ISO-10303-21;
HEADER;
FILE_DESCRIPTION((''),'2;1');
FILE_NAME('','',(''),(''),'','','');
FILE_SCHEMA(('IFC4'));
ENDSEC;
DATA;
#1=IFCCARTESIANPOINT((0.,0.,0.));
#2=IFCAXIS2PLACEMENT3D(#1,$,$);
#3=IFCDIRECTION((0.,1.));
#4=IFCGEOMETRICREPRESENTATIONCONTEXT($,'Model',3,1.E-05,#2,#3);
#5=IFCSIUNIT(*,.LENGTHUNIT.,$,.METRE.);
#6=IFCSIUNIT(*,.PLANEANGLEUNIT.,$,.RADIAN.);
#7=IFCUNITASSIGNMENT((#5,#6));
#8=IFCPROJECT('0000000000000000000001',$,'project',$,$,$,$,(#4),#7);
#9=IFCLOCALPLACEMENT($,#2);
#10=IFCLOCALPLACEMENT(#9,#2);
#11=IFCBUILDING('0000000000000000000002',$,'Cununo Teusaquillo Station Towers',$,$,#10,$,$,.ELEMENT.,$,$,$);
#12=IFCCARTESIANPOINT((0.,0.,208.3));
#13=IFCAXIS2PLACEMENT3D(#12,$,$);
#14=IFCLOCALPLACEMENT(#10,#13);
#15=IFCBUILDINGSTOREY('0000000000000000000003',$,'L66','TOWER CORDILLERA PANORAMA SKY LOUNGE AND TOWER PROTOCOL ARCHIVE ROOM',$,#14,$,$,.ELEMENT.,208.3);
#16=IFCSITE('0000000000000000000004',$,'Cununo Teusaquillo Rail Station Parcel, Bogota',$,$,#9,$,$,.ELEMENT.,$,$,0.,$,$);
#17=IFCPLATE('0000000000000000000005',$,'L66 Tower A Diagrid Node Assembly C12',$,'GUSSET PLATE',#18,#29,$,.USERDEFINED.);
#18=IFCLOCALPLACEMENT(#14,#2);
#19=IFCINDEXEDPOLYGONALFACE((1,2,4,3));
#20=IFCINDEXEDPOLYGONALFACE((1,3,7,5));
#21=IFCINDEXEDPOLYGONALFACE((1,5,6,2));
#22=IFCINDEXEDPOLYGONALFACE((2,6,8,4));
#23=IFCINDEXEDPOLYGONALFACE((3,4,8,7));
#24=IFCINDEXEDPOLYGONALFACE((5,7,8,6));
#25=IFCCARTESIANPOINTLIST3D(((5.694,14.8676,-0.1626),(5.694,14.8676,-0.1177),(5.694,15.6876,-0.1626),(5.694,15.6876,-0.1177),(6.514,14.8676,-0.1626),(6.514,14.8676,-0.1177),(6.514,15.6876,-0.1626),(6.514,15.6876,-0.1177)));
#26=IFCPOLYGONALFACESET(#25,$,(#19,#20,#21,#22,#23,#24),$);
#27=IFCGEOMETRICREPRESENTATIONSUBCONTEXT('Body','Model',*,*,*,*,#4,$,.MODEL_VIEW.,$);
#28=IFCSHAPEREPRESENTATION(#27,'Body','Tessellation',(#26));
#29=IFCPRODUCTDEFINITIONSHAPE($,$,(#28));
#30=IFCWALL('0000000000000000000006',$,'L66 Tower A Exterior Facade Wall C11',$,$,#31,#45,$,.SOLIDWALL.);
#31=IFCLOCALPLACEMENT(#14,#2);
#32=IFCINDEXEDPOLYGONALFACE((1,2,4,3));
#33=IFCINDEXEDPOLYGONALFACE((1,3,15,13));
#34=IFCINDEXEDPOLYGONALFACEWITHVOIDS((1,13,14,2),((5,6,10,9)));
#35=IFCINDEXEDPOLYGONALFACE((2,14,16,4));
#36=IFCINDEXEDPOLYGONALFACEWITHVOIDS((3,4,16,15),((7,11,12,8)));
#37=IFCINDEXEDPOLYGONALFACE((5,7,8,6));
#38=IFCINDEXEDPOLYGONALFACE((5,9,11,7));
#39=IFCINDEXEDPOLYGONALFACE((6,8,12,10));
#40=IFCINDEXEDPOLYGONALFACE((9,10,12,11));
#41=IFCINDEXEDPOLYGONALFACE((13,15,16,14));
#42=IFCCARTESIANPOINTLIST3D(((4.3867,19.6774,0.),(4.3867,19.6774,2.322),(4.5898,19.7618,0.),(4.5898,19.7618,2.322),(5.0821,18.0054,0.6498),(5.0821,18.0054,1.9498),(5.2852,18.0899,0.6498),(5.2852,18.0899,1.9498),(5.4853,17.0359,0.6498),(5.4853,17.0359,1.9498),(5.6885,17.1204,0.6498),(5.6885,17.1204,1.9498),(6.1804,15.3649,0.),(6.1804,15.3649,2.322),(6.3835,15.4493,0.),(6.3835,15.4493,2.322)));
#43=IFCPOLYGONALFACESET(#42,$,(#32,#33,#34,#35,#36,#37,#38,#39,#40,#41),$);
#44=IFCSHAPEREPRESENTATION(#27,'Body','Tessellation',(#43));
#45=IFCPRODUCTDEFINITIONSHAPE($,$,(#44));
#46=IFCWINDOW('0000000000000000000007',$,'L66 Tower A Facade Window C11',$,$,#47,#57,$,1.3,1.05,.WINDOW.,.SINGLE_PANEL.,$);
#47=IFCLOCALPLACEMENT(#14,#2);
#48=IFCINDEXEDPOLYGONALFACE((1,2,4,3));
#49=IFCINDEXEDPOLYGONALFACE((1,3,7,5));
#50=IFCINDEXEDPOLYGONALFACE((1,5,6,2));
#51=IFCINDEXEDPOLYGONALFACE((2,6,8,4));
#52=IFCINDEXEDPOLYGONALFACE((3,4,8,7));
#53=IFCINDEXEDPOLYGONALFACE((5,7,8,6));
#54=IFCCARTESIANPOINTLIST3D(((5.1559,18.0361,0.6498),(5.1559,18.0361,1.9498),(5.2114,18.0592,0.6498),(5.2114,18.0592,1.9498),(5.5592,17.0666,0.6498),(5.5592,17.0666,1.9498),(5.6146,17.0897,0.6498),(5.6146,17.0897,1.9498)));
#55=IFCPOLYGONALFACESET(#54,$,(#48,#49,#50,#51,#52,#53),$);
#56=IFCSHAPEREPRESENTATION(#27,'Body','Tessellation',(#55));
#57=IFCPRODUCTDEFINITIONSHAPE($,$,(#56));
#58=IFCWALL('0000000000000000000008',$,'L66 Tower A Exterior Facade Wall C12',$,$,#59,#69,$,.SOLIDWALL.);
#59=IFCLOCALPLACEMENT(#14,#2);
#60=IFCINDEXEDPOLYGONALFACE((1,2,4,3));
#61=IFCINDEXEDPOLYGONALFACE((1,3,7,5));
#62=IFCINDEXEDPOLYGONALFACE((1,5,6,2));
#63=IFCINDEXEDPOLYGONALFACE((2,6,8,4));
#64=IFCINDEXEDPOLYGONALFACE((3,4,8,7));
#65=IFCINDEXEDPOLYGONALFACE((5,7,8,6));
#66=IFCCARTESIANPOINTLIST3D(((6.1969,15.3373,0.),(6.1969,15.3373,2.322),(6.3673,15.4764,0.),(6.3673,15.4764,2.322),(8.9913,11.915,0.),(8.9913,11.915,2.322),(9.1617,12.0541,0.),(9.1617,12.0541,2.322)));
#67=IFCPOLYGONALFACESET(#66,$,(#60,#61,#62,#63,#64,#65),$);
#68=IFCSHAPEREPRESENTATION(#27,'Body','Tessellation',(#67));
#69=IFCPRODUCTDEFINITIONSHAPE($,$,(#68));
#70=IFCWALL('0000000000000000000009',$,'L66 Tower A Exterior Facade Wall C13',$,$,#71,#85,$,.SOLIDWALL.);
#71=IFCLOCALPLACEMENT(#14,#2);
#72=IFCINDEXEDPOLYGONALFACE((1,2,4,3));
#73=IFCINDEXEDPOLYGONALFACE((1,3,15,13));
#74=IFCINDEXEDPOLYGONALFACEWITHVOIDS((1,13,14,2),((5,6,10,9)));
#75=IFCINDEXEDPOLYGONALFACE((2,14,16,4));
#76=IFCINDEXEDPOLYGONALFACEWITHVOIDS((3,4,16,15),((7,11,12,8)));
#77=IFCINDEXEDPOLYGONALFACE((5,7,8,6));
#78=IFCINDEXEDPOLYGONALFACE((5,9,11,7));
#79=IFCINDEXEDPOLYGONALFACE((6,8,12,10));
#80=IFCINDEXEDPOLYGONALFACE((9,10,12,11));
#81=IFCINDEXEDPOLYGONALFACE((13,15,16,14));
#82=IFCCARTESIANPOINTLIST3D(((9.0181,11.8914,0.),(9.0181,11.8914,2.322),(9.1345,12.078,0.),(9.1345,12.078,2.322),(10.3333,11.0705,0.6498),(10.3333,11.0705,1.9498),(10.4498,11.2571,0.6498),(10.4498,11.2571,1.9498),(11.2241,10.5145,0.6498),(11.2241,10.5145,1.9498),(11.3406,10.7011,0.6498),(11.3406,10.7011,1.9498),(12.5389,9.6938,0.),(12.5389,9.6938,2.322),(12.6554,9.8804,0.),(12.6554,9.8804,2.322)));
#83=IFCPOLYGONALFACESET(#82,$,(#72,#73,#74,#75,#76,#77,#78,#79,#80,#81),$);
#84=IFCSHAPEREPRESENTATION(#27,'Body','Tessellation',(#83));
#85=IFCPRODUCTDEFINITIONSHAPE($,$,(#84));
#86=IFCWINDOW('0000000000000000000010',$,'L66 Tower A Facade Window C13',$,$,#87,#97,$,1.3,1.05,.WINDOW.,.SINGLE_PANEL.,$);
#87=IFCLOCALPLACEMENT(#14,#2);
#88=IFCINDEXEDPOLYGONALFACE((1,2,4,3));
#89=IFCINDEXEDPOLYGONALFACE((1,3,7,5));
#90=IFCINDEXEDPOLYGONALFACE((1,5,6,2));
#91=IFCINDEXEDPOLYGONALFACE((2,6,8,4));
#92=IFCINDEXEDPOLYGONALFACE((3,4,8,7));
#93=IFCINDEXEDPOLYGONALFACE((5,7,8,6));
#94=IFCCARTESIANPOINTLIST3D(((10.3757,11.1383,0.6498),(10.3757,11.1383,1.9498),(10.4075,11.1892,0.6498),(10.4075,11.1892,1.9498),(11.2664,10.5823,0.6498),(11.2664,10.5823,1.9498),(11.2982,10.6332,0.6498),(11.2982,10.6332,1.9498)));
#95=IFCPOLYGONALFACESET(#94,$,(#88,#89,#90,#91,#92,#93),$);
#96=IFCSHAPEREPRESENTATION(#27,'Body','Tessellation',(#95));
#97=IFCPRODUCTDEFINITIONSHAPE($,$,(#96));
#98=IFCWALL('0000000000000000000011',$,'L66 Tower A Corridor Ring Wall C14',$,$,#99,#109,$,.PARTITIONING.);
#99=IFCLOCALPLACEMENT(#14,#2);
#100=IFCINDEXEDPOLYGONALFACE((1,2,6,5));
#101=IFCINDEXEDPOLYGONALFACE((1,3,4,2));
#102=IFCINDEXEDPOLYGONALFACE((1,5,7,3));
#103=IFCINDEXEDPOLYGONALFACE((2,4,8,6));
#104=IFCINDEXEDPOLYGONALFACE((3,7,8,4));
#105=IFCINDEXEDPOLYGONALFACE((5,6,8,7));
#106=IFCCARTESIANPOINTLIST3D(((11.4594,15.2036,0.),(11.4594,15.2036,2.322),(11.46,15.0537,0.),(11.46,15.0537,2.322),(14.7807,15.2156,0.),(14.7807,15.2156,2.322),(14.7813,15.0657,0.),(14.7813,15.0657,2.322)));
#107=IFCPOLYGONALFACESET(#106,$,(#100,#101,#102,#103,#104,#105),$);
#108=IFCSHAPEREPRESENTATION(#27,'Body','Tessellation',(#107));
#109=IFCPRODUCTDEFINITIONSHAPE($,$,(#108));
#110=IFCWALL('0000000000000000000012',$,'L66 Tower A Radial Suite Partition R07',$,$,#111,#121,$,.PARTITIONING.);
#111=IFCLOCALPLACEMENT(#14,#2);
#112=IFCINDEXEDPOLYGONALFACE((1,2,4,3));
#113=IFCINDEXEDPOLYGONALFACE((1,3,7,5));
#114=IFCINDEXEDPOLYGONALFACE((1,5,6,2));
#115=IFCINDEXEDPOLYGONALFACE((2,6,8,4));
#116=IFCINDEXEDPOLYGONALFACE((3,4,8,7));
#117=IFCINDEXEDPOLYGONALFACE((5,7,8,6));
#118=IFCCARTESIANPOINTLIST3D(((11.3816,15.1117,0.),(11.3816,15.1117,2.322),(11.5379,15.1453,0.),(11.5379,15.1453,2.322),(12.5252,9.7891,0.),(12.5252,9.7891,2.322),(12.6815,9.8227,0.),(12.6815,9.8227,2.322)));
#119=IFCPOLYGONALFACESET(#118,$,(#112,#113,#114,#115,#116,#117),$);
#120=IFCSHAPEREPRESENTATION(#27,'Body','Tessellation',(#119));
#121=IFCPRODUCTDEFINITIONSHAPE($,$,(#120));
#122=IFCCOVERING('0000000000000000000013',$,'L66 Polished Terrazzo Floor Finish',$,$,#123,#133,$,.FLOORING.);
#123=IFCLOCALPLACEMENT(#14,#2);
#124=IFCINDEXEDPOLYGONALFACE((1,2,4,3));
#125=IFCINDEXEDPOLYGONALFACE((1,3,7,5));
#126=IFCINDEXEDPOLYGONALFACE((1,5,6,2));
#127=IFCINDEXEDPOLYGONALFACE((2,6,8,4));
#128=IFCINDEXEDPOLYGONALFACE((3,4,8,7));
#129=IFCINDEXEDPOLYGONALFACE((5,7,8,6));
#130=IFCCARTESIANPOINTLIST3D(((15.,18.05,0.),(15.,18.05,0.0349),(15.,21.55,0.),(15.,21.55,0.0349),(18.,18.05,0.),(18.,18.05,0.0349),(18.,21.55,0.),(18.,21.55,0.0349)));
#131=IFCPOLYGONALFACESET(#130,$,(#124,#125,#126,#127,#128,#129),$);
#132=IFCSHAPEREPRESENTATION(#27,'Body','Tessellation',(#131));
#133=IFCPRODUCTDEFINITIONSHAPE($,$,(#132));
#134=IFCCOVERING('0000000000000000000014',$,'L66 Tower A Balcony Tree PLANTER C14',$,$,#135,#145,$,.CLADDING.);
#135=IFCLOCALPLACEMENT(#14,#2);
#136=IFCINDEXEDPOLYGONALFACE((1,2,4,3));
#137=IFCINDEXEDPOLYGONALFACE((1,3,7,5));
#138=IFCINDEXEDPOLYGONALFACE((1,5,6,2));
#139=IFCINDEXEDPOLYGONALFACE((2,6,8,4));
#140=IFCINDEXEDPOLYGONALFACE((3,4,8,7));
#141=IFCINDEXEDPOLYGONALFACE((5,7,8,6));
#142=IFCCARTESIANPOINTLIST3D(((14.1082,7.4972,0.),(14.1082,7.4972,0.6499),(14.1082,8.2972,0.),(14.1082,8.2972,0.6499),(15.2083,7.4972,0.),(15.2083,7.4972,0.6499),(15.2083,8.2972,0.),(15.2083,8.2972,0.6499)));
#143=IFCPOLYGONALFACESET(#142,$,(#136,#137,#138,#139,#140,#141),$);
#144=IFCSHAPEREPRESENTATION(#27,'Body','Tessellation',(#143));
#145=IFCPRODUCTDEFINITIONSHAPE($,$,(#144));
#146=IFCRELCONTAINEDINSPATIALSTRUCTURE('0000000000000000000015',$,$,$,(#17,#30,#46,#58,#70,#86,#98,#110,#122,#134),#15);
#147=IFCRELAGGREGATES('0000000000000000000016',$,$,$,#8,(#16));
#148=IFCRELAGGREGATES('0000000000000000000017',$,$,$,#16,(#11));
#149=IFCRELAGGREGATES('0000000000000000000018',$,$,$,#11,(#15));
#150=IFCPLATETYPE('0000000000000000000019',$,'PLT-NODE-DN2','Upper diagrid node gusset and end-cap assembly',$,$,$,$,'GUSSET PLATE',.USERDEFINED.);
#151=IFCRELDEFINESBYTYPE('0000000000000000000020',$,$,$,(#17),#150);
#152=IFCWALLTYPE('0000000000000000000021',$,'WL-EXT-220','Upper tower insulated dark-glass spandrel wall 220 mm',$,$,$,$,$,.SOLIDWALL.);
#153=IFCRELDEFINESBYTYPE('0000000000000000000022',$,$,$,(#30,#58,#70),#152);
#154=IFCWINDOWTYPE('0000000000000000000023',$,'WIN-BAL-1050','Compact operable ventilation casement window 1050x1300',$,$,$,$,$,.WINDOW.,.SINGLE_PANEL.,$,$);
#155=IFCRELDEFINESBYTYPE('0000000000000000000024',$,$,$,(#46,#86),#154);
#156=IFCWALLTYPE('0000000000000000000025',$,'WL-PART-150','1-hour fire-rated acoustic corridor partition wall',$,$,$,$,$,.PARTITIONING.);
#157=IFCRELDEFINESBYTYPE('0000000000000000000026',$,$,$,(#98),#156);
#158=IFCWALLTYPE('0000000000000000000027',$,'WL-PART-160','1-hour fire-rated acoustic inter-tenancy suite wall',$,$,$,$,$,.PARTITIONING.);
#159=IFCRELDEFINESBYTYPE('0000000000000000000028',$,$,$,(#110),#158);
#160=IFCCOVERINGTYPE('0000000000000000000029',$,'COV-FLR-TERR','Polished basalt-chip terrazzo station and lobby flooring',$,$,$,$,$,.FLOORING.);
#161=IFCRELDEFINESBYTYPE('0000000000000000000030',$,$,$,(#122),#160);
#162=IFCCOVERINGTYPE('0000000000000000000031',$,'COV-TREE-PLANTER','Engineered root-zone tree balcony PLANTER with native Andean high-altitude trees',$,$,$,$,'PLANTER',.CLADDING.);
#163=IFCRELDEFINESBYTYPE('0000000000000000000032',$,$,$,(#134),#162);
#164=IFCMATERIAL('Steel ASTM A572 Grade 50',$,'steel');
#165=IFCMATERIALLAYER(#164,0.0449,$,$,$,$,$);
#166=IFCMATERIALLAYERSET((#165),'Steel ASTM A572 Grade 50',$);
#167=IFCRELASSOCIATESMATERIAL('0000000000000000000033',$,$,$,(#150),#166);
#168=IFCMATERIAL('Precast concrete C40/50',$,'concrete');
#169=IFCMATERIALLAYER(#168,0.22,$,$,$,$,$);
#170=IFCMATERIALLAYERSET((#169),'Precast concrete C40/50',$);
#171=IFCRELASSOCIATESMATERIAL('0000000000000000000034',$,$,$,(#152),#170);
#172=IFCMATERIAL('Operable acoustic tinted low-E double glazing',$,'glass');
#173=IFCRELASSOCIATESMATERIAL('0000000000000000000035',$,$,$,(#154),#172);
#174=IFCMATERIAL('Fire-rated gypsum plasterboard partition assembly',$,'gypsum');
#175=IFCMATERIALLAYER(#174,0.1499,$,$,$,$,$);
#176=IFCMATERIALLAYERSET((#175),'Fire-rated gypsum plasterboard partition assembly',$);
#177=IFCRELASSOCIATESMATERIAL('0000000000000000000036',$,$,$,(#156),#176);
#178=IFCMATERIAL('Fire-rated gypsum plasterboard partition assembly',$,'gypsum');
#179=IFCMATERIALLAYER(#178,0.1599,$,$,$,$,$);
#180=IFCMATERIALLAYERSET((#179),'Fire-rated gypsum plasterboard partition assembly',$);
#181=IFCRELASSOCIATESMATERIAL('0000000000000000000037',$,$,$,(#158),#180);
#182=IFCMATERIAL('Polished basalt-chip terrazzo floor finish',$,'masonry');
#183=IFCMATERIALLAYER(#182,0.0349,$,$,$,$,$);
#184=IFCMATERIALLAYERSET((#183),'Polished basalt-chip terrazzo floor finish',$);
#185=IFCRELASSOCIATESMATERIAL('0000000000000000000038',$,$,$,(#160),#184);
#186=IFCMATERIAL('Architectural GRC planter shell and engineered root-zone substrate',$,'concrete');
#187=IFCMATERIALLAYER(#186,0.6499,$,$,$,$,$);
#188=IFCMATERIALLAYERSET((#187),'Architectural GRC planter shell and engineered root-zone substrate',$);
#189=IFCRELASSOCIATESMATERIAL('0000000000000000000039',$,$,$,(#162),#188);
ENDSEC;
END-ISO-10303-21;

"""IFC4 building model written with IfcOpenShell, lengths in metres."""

from ifc_helpers import new_model, si_unit, direction, frame, frame_2d, origin, origin_2d, place, context, subcontext, project, spatial, polyline, rectangle, outline, extrude, source, transform, mapped, material, layer, layer_set, type_object, element, fill, save


model = new_model("IFC4")

# Units and contexts
model_context = context("Model", 3, precision=1e-05, world=origin(), true_north=direction((0.0, 1.0)))
body_context = subcontext(model_context, "Body", "Model", "MODEL_VIEW")
ifc_project = project(units=[si_unit("LENGTHUNIT", "METRE"), si_unit("PLANEANGLEUNIT", "RADIAN")], contexts=[model_context])

# Site, building, storey
site_placement = place(None, origin())
site = spatial("IfcSite", under=ifc_project, at=site_placement, Name="Cununo Teusaquillo Rail Station Parcel, Bogota", CompositionType="ELEMENT", RefElevation=0.0)
building_placement = place(site_placement, origin())
building = spatial("IfcBuilding", under=site, at=building_placement, Name="Cununo Teusaquillo Station Towers", CompositionType="ELEMENT")
storey_placement = place(building_placement, frame((0.0, 0.0, 208.3)))
storey = spatial("IfcBuildingStorey", under=building, at=storey_placement, Name="L66", Description="TOWER CORDILLERA PANORAMA SKY LOUNGE AND TOWER PROTOCOL ARCHIVE ROOM", CompositionType="ELEMENT", Elevation=208.3)

# Plate
ifc_material_1 = material(Name="Steel ASTM A572 Grade 50", Category="steel")
ifc_layer_1 = layer(ifc_material_1, 0.0449)
ifc_layer_set_1 = layer_set([ifc_layer_1], Name="Steel ASTM A572 Grade 50")
plate_type = type_object("IfcPlateType", Name="PLT-NODE-DN2", Description="Upper diagrid node gusset and end-cap assembly", ElementType="GUSSET PLATE", PredefinedType="USERDEFINED", material=ifc_layer_set_1)
shared_shape_1 = source(origin(), body_context, "Body", "SweptSolid", [
    extrude(rectangle(XDim=0.8201, YDim=0.8201, at=origin_2d()), origin(), (0.0, 0.0, 1.0), 0.0449),
])
plate_placement = place(storey_placement, frame((6.104, 15.2776, -0.1626), z_axis=(0.0, 0.0, 1.0), x_axis=(1.0, 0.0, 0.0)))
element("IfcPlate", 1, at=plate_placement, inside=storey, type_object=plate_type, Name="L66 Tower A Diagrid Node Assembly C12", ObjectType="GUSSET PLATE", PredefinedType="USERDEFINED", context=body_context, shape_type="MappedRepresentation", body=[
    mapped(shared_shape_1, transform((0.0, 0.0, 0.0), x_axis=(1.0, 0.0, 0.0), y_axis=(0.0, 1.0, 0.0), z_axis=(0.0, 0.0, 1.0), scale=1.0)),
])

# Wall, opening, window
ifc_material_2 = material(Name="Precast concrete C40/50", Category="concrete")
ifc_layer_2 = layer(ifc_material_2, 0.22)
ifc_layer_set_2 = layer_set([ifc_layer_2], Name="Precast concrete C40/50")
wall_type_1 = type_object("IfcWallType", Name="WL-EXT-220", Description="Upper tower insulated dark-glass spandrel wall 220 mm", PredefinedType="SOLIDWALL", material=ifc_layer_set_2)
wall_1_placement = place(storey_placement, frame((6.282, 15.407, 0.0), z_axis=(0.0, 0.0, 1.0), x_axis=(-0.384036, 0.923318, 0.0)))
wall_1 = element("IfcWall", 2, at=wall_1_placement, inside=storey, type_object=wall_type_1, Name="L66 Tower A Exterior Facade Wall C11", PredefinedType="SOLIDWALL", context=body_context, shape_type="SweptSolid", body=[
    extrude(rectangle(XDim=4.6707, YDim=0.22, at=frame_2d((2.3354, 0.0))), origin(), (0.0, 0.0, 1.0), 2.322),
])
shared_shape_2 = source(origin(), body_context, "Body", "SweptSolid", [
    extrude(rectangle(XDim=1.05, YDim=1.3, at=frame_2d((0.5249, 0.6499))), frame((0.0, 0.1199, 0.0), z_axis=(0.0, -1.0, 0.0), x_axis=(1.0, 0.0, 0.0)), (0.0, 0.0, 1.0), 0.24),
])
opening_1_placement = place(wall_1_placement, frame((1.8101, 0.0, 0.6499)))
opening_1 = element("IfcOpeningElement", 3, at=opening_1_placement, cuts=wall_1, PredefinedType="OPENING", context=body_context, shape_type="MappedRepresentation", body=[
    mapped(shared_shape_2, transform((0.0, 0.0, 0.0), x_axis=(1.0, 0.0, 0.0), y_axis=(0.0, 1.0, 0.0), z_axis=(0.0, 0.0, 1.0), scale=1.0)),
])
ifc_material_3 = material(Name="Operable acoustic tinted low-E double glazing", Category="glass")
window_type = type_object("IfcWindowType", Name="WIN-BAL-1050", Description="Compact operable ventilation casement window 1050x1300", PartitioningType="SINGLE_PANEL", PredefinedType="WINDOW", material=ifc_material_3)
shared_shape_3 = source(origin(), body_context, "Body", "SweptSolid", [
    extrude(rectangle(XDim=1.05, YDim=1.3, at=frame_2d((0.5249, 0.6499))), frame((0.0, 0.03, 0.0), z_axis=(0.0, -1.0, 0.0), x_axis=(1.0, 0.0, 0.0)), (0.0, 0.0, 1.0), 0.0601),
])
window_1_placement = place(opening_1_placement, origin())
window_1 = element("IfcWindow", 4, at=window_1_placement, inside=storey, type_object=window_type, Name="L66 Tower A Facade Window C11", OverallHeight=1.3, OverallWidth=1.05, PartitioningType="SINGLE_PANEL", PredefinedType="WINDOW", context=body_context, shape_type="MappedRepresentation", body=[
    mapped(shared_shape_3, transform((0.0, 0.0, 0.0), x_axis=(1.0, 0.0, 0.0), y_axis=(0.0, 1.0, 0.0), z_axis=(0.0, 0.0, 1.0), scale=1.0)),
])
fill(opening_1, window_1)

# Wall
wall_2_placement = place(storey_placement, frame((9.0764, 11.9846, 0.0), z_axis=(0.0, 0.0, 1.0), x_axis=(-0.632467, 0.774587, 0.0)))
element("IfcWall", 5, at=wall_2_placement, inside=storey, type_object=wall_type_1, Name="L66 Tower A Exterior Facade Wall C12", PredefinedType="SOLIDWALL", context=body_context, shape_type="SweptSolid", body=[
    extrude(rectangle(XDim=4.4182, YDim=0.22, at=frame_2d((2.209, 0.0))), origin(), (0.0, 0.0, 1.0), 2.322),
])

# Wall, opening, window
wall_3_placement = place(storey_placement, frame((12.5972, 9.7871, 0.0), z_axis=(0.0, 0.0, 1.0), x_axis=(-0.848319, 0.529486, 0.0)))
wall_3 = element("IfcWall", 6, at=wall_3_placement, inside=storey, type_object=wall_type_1, Name="L66 Tower A Exterior Facade Wall C13", PredefinedType="SOLIDWALL", context=body_context, shape_type="SweptSolid", body=[
    extrude(rectangle(XDim=4.1504, YDim=0.22, at=frame_2d((2.0752, 0.0))), origin(), (0.0, 0.0, 1.0), 2.322),
])
opening_2_placement = place(wall_3_placement, frame((1.55, 0.0, 0.6499)))
opening_2 = element("IfcOpeningElement", 7, at=opening_2_placement, cuts=wall_3, PredefinedType="OPENING", context=body_context, shape_type="MappedRepresentation", body=[
    mapped(shared_shape_2, transform((0.0, 0.0, 0.0), x_axis=(1.0, 0.0, 0.0), y_axis=(0.0, 1.0, 0.0), z_axis=(0.0, 0.0, 1.0), scale=1.0)),
])
window_2_placement = place(opening_2_placement, origin())
window_2 = element("IfcWindow", 8, at=window_2_placement, inside=storey, type_object=window_type, Name="L66 Tower A Facade Window C13", OverallHeight=1.3, OverallWidth=1.05, PartitioningType="SINGLE_PANEL", PredefinedType="WINDOW", context=body_context, shape_type="MappedRepresentation", body=[
    mapped(shared_shape_3, transform((0.0, 0.0, 0.0), x_axis=(1.0, 0.0, 0.0), y_axis=(0.0, 1.0, 0.0), z_axis=(0.0, 0.0, 1.0), scale=1.0)),
])
fill(opening_2, window_2)

# Walls
ifc_material_4 = material(Name="Fire-rated gypsum plasterboard partition assembly", Category="gypsum")
ifc_layer_3 = layer(ifc_material_4, 0.1499)
ifc_layer_set_3 = layer_set([ifc_layer_3], Name="Fire-rated gypsum plasterboard partition assembly")
wall_type_2 = type_object("IfcWallType", Name="WL-PART-150", Description="1-hour fire-rated acoustic corridor partition wall", PredefinedType="PARTITIONING", material=ifc_layer_set_3)
wall_4_placement = place(storey_placement, frame((11.4597, 15.1287, 0.0), z_axis=(0.0, 0.0, 1.0), x_axis=(0.999994, 0.003602, 0.0)))
element("IfcWall", 9, at=wall_4_placement, inside=storey, type_object=wall_type_2, Name="L66 Tower A Corridor Ring Wall C14", PredefinedType="PARTITIONING", context=body_context, shape_type="SweptSolid", body=[
    extrude(rectangle(XDim=3.3213, YDim=0.1499, at=frame_2d((1.6606, 0.0))), origin(), (0.0, 0.0, 1.0), 2.322),
])
ifc_material_5 = material(Name="Fire-rated gypsum plasterboard partition assembly", Category="gypsum")
ifc_layer_4 = layer(ifc_material_5, 0.1599)
ifc_layer_set_4 = layer_set([ifc_layer_4], Name="Fire-rated gypsum plasterboard partition assembly")
wall_type_3 = type_object("IfcWallType", Name="WL-PART-160", Description="1-hour fire-rated acoustic inter-tenancy suite wall", PredefinedType="PARTITIONING", material=ifc_layer_set_4)
wall_5_placement = place(storey_placement, frame((11.4597, 15.1287, 0.0), z_axis=(0.0, 0.0, 1.0), x_axis=(0.210059, -0.977689, 0.0)))
element("IfcWall", 10, at=wall_5_placement, inside=storey, type_object=wall_type_3, Name="L66 Tower A Radial Suite Partition R07", PredefinedType="PARTITIONING", context=body_context, shape_type="SweptSolid", body=[
    extrude(rectangle(XDim=5.4441, YDim=0.1599, at=frame_2d((2.7222, 0.0))), origin(), (0.0, 0.0, 1.0), 2.322),
])

# Coverings
ifc_material_6 = material(Name="Polished basalt-chip terrazzo floor finish", Category="masonry")
ifc_layer_5 = layer(ifc_material_6, 0.0349)
ifc_layer_set_5 = layer_set([ifc_layer_5], Name="Polished basalt-chip terrazzo floor finish")
covering_type_1 = type_object("IfcCoveringType", Name="COV-FLR-TERR", Description="Polished basalt-chip terrazzo station and lobby flooring", PredefinedType="FLOORING", material=ifc_layer_set_5)
covering_1_placement = place(storey_placement, origin())
element("IfcCovering", 11, at=covering_1_placement, inside=storey, type_object=covering_type_1, Name="L66 Polished Terrazzo Floor Finish", PredefinedType="FLOORING", context=body_context, shape_type="SweptSolid", body=[
    extrude(outline(polyline([(15.0, 18.05), (18.0, 18.05), (18.0, 21.55), (15.0, 21.55), (15.0, 18.05)])), origin(), (0.0, 0.0, 1.0), 0.0349),
])
ifc_material_7 = material(Name="Architectural GRC planter shell and engineered root-zone substrate", Category="concrete")
ifc_layer_6 = layer(ifc_material_7, 0.6499)
ifc_layer_set_6 = layer_set([ifc_layer_6], Name="Architectural GRC planter shell and engineered root-zone substrate")
covering_type_2 = type_object("IfcCoveringType", Name="COV-TREE-PLANTER", Description="Engineered root-zone tree balcony PLANTER with native Andean high-altitude trees", ElementType="PLANTER", PredefinedType="CLADDING", material=ifc_layer_set_6)
shared_shape_4 = source(origin(), body_context, "Body", "SweptSolid", [
    extrude(rectangle(XDim=1.1001, YDim=0.8, at=origin_2d()), origin(), (0.0, 0.0, 1.0), 0.6499),
])
covering_2_placement = place(storey_placement, frame((14.6582, 7.8972, 0.0), z_axis=(0.0, 0.0, 1.0), x_axis=(1.0, 0.0, 0.0)))
element("IfcCovering", 12, at=covering_2_placement, inside=storey, type_object=covering_type_2, Name="L66 Tower A Balcony Tree PLANTER C14", PredefinedType="CLADDING", context=body_context, shape_type="MappedRepresentation", body=[
    mapped(shared_shape_4, transform((0.0, 0.0, 0.0), x_axis=(1.0, 0.0, 0.0), y_axis=(0.0, 1.0, 0.0), z_axis=(0.0, 0.0, 1.0), scale=1.0)),
])

save(model, "model.ifc")
